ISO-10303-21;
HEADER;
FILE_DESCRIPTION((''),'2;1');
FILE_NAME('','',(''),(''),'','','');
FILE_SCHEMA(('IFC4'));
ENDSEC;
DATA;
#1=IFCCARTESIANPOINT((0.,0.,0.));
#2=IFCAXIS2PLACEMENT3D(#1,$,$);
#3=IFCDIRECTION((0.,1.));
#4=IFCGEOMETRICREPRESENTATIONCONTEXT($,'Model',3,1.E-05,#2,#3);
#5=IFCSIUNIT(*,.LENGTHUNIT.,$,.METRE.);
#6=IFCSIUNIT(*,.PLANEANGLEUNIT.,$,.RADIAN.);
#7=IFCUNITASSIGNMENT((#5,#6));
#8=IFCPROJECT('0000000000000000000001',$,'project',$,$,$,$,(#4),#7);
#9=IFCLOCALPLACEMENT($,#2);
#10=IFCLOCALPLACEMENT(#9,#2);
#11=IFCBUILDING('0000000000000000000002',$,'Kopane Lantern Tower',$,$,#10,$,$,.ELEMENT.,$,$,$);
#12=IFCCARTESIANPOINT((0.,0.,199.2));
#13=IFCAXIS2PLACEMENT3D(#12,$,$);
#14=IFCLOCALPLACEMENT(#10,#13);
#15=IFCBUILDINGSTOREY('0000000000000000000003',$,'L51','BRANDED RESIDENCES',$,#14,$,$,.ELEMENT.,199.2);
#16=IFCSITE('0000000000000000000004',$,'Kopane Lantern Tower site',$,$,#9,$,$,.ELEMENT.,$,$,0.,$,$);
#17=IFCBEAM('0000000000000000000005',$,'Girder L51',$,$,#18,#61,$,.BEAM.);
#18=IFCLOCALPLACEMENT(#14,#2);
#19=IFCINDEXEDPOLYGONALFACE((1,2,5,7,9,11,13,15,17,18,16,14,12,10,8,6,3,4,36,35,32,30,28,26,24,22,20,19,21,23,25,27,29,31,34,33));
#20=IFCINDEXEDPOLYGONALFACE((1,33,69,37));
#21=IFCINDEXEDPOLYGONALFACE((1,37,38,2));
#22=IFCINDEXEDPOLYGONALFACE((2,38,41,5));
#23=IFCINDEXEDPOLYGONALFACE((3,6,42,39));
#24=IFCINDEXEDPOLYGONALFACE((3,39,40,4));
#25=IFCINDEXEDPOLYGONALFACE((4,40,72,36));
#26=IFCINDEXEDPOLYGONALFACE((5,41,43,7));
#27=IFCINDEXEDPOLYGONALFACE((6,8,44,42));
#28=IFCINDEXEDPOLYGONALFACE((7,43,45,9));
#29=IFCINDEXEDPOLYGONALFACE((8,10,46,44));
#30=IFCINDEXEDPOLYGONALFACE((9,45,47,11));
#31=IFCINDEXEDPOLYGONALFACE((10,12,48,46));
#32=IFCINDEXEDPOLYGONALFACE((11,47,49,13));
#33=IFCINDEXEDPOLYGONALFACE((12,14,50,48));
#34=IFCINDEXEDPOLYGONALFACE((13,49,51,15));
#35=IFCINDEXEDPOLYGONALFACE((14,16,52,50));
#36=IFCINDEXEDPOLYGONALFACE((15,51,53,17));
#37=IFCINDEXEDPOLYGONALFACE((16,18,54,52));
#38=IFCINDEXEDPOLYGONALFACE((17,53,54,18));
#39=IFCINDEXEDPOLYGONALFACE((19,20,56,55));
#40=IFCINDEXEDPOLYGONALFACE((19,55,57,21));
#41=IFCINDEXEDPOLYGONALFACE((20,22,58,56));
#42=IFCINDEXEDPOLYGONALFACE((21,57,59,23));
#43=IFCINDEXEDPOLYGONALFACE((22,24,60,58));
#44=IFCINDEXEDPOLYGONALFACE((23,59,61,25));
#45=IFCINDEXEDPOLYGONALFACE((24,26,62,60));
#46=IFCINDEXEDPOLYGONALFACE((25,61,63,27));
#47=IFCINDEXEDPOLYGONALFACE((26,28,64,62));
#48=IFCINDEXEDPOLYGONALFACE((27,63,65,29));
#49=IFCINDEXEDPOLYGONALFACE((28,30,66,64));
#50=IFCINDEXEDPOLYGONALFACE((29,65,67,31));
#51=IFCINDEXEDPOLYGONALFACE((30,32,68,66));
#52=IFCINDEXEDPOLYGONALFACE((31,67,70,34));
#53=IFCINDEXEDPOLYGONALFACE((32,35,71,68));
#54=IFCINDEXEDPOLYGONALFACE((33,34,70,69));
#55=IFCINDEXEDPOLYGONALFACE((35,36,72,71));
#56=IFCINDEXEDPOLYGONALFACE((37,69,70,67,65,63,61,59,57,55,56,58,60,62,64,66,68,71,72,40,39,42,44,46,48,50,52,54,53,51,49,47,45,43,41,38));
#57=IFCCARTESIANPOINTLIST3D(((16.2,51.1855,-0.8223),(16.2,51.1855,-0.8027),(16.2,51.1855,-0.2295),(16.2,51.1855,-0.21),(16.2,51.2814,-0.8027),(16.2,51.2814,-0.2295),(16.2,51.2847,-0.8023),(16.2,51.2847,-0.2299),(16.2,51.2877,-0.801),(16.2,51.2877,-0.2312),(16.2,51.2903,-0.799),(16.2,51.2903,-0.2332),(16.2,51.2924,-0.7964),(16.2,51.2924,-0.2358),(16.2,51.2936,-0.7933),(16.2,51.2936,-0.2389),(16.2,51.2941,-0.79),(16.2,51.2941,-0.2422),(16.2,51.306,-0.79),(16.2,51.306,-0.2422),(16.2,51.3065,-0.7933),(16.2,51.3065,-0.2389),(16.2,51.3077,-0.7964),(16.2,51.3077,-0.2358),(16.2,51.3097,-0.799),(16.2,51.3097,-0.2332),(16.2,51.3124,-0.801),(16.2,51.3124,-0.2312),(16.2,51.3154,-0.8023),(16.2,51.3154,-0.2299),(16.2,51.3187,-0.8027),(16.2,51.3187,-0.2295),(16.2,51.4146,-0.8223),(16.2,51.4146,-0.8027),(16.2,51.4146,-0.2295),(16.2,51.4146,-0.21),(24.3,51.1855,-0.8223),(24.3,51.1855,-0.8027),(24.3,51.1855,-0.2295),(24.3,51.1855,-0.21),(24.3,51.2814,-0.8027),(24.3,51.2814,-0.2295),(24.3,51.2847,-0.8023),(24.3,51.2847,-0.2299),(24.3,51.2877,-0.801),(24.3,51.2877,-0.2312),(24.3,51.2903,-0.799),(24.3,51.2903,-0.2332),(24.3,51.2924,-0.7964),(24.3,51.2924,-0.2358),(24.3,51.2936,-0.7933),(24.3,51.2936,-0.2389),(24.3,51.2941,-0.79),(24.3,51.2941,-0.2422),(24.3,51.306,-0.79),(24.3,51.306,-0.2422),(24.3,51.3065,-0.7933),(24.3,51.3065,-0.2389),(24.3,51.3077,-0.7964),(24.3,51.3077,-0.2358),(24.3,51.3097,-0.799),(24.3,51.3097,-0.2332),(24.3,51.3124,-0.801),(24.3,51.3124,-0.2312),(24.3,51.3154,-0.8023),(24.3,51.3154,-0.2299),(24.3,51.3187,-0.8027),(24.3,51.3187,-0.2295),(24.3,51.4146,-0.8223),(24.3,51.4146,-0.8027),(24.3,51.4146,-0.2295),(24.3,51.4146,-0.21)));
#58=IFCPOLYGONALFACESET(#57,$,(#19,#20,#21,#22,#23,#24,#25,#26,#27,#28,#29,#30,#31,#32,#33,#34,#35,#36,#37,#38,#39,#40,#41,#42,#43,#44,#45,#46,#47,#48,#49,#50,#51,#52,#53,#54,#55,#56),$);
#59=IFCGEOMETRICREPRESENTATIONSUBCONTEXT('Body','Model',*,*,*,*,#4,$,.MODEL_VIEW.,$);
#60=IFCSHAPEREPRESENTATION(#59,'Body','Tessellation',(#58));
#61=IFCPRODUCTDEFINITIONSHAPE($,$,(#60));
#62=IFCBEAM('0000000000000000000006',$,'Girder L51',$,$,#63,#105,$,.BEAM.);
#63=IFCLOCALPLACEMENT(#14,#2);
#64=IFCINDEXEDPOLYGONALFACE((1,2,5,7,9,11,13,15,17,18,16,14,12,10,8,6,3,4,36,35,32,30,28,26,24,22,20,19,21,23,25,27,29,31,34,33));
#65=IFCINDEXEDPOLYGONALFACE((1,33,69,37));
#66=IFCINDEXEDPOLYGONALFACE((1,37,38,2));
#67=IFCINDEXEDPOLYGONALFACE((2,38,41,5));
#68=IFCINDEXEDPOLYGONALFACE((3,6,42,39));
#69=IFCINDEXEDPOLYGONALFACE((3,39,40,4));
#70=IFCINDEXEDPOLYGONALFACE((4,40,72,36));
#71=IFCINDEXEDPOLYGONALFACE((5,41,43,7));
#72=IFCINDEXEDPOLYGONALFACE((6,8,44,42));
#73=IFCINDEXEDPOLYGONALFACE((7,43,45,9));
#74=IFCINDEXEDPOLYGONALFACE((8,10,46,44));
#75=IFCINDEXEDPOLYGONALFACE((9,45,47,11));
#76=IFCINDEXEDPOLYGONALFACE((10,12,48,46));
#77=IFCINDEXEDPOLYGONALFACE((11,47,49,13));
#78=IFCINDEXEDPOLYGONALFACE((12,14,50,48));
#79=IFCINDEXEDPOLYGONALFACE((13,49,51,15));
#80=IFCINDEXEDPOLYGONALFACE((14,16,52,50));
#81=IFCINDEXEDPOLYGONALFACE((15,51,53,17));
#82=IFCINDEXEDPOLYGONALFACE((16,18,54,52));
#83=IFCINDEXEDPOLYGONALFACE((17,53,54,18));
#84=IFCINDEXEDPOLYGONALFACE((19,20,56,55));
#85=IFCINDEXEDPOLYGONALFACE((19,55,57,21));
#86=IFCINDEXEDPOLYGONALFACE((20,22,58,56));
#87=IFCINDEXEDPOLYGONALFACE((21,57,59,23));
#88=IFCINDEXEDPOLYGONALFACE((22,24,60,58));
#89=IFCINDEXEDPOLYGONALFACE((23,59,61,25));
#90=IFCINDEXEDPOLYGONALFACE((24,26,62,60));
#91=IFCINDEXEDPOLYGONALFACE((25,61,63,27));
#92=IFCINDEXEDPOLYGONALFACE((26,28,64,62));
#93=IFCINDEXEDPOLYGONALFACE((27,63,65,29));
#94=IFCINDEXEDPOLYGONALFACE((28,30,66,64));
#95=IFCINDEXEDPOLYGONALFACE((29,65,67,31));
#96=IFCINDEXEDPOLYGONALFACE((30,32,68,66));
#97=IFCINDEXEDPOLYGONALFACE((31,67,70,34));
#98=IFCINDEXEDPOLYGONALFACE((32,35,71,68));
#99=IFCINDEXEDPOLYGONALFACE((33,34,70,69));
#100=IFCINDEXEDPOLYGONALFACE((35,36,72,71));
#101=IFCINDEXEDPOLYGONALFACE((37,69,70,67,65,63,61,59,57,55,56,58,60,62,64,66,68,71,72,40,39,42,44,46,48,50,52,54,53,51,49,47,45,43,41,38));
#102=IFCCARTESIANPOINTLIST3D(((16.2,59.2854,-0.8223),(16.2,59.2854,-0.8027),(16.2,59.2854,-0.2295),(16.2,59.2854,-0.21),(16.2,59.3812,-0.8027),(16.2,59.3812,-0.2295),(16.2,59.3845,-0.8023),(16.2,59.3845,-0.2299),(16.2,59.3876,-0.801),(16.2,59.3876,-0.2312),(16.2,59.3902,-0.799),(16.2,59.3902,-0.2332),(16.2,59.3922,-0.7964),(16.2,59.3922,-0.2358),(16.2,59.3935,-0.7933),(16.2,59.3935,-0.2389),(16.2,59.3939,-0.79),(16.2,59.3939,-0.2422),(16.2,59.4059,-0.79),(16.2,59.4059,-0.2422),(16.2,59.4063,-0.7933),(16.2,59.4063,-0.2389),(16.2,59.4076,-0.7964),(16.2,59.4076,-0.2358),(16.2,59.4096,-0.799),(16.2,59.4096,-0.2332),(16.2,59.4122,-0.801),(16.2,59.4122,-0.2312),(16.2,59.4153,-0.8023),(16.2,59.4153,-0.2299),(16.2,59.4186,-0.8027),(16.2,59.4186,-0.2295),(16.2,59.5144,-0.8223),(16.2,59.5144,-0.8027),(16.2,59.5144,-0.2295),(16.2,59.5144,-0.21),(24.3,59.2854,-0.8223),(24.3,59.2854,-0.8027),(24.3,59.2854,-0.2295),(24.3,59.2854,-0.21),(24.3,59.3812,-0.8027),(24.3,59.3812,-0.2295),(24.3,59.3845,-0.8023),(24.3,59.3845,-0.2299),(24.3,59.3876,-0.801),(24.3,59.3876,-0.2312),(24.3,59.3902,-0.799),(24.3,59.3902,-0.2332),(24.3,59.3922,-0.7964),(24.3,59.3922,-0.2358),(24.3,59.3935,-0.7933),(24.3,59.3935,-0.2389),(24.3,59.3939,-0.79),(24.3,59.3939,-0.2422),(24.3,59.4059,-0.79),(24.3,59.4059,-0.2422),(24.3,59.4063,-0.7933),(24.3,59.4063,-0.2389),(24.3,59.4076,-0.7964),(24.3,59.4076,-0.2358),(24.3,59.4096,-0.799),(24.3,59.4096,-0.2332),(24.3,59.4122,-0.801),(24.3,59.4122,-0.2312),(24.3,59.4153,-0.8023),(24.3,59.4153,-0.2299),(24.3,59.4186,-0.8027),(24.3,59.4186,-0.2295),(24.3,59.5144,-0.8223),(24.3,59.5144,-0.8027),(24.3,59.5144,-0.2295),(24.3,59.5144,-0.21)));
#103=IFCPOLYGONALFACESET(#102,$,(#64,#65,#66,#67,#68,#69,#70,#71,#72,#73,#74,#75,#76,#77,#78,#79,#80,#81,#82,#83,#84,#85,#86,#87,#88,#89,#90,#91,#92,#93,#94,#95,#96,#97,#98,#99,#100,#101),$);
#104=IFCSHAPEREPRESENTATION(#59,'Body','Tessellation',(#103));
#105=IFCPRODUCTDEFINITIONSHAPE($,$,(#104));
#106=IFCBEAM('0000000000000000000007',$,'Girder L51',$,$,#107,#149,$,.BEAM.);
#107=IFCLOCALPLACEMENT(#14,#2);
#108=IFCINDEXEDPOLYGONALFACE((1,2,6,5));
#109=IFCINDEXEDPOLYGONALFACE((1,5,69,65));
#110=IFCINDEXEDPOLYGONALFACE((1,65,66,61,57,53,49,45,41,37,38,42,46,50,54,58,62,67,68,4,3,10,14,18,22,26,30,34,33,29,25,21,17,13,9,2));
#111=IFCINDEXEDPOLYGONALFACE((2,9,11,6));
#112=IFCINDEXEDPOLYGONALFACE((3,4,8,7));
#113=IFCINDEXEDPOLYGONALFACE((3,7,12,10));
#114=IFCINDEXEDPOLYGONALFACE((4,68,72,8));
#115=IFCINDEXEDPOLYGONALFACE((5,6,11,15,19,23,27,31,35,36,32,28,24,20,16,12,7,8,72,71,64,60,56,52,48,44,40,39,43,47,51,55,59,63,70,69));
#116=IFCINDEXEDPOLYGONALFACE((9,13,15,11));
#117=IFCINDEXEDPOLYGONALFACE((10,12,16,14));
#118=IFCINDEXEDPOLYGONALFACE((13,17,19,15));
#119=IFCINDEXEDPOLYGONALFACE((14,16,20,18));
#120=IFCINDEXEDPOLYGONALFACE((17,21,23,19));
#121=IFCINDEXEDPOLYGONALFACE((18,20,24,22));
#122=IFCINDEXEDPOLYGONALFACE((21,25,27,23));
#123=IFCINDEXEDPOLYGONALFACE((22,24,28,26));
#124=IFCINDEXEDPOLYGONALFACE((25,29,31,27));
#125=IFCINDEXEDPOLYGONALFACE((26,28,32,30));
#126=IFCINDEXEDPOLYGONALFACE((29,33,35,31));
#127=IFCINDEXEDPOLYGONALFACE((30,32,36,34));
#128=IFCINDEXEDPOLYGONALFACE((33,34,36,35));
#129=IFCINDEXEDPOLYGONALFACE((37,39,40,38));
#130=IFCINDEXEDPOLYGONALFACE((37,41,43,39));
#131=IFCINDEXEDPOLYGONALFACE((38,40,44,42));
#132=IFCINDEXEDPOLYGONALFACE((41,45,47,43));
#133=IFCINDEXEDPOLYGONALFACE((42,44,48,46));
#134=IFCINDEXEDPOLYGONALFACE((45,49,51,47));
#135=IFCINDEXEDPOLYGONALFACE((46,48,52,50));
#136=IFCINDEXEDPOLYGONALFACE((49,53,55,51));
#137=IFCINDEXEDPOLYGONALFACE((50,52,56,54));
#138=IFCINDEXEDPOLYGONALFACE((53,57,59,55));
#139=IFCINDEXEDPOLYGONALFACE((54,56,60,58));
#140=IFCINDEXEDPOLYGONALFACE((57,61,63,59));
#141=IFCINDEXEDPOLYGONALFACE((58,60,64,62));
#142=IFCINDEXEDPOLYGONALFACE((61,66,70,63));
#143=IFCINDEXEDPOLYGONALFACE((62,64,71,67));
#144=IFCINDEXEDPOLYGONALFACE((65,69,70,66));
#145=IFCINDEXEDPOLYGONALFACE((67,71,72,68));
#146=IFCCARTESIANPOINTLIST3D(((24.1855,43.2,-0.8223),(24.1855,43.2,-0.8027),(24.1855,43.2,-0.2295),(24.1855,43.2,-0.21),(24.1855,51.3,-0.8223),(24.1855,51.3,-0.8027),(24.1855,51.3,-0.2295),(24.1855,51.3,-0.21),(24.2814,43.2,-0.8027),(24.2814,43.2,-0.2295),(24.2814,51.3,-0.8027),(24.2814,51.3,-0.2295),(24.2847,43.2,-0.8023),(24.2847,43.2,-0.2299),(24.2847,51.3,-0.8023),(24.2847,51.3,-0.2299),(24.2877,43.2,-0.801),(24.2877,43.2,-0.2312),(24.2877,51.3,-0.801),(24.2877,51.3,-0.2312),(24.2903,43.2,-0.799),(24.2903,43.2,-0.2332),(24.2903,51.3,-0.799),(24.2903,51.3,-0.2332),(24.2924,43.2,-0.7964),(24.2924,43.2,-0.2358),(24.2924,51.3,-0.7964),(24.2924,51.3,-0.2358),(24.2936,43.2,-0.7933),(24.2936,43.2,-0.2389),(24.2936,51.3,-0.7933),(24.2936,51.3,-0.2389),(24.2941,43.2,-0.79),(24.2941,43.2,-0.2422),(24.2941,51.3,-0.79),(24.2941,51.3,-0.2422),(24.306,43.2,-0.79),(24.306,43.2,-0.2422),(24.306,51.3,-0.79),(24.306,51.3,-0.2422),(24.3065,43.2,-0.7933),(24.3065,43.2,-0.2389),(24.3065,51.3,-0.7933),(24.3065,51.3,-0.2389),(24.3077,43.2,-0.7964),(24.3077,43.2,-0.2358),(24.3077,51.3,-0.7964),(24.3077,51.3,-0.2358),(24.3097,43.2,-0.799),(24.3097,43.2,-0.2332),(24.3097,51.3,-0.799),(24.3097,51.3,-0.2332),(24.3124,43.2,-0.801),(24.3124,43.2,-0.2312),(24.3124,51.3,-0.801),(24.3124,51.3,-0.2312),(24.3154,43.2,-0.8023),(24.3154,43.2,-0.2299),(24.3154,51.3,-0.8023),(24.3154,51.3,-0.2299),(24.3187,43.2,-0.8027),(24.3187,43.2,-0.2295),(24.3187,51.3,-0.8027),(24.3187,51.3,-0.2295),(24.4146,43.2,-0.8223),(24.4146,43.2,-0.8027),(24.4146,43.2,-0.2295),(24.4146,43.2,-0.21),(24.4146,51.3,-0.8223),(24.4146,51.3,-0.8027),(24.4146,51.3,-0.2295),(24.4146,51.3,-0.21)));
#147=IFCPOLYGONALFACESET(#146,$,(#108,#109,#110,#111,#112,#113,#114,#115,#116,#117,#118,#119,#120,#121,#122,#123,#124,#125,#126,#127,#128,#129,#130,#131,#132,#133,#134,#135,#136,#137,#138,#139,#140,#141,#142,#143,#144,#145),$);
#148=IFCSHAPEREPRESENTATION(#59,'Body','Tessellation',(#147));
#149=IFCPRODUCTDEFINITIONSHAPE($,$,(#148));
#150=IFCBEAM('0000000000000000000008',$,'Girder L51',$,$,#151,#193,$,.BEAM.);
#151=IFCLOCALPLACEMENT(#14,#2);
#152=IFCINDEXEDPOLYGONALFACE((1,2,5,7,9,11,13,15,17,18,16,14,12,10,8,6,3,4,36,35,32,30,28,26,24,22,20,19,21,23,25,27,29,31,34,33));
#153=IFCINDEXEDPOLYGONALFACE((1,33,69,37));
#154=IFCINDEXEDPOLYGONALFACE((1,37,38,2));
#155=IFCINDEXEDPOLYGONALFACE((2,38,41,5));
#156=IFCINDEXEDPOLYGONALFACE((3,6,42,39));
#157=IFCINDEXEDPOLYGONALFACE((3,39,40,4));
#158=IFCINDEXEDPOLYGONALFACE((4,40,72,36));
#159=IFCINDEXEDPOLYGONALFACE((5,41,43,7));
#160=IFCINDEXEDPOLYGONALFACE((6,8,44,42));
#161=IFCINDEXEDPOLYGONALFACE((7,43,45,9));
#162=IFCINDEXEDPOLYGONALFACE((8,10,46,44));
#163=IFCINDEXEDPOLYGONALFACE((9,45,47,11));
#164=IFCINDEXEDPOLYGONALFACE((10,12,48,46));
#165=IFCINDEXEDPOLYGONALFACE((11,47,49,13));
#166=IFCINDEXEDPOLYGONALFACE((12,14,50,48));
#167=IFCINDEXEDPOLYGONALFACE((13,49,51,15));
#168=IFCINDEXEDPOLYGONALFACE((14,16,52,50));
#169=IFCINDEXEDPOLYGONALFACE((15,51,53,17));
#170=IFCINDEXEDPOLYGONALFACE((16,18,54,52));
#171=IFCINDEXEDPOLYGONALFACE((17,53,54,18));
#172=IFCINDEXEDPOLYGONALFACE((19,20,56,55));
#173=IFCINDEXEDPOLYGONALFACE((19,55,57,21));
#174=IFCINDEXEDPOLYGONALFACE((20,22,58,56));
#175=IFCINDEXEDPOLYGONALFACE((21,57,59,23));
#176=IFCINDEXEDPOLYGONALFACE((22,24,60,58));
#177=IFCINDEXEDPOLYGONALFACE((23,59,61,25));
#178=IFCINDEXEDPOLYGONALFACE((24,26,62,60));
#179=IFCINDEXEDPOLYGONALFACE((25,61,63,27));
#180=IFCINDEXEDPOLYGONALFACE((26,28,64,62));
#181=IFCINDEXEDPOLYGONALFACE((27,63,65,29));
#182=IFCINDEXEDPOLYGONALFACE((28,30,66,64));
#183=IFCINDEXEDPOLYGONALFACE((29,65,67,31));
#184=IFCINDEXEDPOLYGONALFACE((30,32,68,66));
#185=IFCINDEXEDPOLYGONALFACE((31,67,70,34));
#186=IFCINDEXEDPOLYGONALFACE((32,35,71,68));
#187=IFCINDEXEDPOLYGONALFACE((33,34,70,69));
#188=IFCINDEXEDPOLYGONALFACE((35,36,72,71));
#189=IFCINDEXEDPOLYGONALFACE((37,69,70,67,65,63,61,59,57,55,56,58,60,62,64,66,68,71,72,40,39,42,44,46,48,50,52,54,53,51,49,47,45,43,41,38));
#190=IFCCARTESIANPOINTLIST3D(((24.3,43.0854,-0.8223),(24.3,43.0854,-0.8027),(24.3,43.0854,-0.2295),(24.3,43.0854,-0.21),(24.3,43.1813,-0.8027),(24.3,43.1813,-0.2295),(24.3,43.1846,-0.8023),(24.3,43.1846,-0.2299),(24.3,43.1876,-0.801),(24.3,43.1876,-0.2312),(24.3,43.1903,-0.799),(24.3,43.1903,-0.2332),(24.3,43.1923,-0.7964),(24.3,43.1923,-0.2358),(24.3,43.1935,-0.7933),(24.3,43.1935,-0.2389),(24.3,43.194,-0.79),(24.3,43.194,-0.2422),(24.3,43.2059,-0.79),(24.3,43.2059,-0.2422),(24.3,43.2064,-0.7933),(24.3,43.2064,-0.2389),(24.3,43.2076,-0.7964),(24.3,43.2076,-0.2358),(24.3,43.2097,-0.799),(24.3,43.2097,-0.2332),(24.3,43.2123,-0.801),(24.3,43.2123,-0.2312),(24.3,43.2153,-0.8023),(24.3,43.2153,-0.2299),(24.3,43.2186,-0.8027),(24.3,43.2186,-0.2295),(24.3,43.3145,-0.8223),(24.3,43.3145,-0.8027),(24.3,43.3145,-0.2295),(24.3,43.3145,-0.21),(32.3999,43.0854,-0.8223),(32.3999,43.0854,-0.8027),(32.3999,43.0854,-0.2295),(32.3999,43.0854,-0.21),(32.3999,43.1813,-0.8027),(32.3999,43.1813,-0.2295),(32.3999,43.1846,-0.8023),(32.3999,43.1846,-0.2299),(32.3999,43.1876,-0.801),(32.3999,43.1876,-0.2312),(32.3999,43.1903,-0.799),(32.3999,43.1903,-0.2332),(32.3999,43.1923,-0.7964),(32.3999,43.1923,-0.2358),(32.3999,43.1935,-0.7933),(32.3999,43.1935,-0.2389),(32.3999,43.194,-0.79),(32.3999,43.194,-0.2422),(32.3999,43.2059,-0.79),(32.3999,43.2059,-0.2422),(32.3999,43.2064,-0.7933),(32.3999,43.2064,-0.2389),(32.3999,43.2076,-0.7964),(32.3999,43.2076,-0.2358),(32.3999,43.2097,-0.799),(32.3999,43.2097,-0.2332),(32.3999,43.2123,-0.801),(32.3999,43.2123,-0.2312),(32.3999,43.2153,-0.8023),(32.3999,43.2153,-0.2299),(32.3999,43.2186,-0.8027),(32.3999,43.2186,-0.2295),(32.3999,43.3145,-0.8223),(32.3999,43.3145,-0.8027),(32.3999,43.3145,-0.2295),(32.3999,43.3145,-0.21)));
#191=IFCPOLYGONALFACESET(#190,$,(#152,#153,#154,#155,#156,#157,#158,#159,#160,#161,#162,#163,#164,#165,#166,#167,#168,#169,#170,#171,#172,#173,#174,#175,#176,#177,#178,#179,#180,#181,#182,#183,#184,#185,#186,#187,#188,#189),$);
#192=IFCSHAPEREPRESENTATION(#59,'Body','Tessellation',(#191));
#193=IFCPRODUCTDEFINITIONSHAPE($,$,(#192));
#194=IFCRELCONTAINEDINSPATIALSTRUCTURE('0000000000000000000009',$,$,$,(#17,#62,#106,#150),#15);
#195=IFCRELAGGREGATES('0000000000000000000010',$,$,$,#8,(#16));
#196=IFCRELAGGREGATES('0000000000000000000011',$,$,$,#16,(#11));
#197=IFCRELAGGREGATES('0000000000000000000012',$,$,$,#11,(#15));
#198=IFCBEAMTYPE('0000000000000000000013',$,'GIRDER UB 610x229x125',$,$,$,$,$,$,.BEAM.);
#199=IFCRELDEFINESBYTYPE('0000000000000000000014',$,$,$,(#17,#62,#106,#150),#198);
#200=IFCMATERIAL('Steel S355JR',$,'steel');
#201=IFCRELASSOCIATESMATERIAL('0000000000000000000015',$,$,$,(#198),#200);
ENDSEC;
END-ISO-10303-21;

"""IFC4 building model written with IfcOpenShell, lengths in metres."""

from ifc_helpers import new_model, si_unit, direction, frame, origin, origin_2d, place, context, subcontext, project, spatial, i_section, extrude, material, material_profile, profile_set, type_object, element, save


model = new_model("IFC4")

# Units and contexts
model_context = context("Model", 3, precision=1e-05, world=origin(), true_north=direction((0.0, 1.0)))
body_context = subcontext(model_context, "Body", "Model", "MODEL_VIEW")
ifc_project = project(units=[si_unit("LENGTHUNIT", "METRE"), si_unit("PLANEANGLEUNIT", "RADIAN")], contexts=[model_context])

# Site, building, storey
site_placement = place(None, origin())
site = spatial("IfcSite", under=ifc_project, at=site_placement, Name="Kopane Lantern Tower site", CompositionType="ELEMENT", RefElevation=0.0)
building_placement = place(site_placement, origin())
building = spatial("IfcBuilding", under=site, at=building_placement, Name="Kopane Lantern Tower", CompositionType="ELEMENT")
storey_placement = place(building_placement, frame((0.0, 0.0, 199.2)))
storey = spatial("IfcBuildingStorey", under=building, at=storey_placement, Name="L51", Description="BRANDED RESIDENCES", CompositionType="ELEMENT", Elevation=199.2)

# Beams
ifc_material_1 = material(Name="Steel S355JR", Category="steel")
ifc_material_profile_1 = material_profile(ifc_material_1, i_section(OverallWidth=0.229, OverallDepth=0.6123, WebThickness=0.012, FlangeThickness=0.0195, FilletRadius=0.0127, at=origin_2d()), Name="UB 610x229x125")
ifc_profile_set_1 = profile_set([ifc_material_profile_1], Name="Steel S355JR")
beam_type = type_object("IfcBeamType", Name="GIRDER UB 610x229x125", PredefinedType="BEAM", material=ifc_profile_set_1)
for number, where, z_axis, x_axis, name in (
    (1, (16.2, 51.3, -0.5161), (1.0, 0.0, 0.0), (0.0, 1.0, 0.0), "Girder L51"),
    (2, (16.2, 59.3999, -0.5161), (1.0, 0.0, 0.0), (0.0, 1.0, 0.0), "Girder L51"),
    (3, (24.3, 43.2, -0.5161), (0.0, 1.0, 0.0), (-1.0, 0.0, 0.0), "Girder L51"),
):
    element("IfcBeam", number, at=place(storey_placement, frame(where, z_axis=z_axis, x_axis=x_axis)), inside=storey, type_object=beam_type, Name=name, PredefinedType="BEAM", context=body_context, shape_type="SweptSolid", body=[
        extrude(i_section(OverallWidth=0.229, OverallDepth=0.6123, WebThickness=0.012, FlangeThickness=0.0195, FilletRadius=0.0127, at=origin_2d()), origin(), (0.0, 0.0, 1.0), 8.1001),
    ])
for number, where, z_axis, x_axis, name in (
    (4, (24.3, 43.2, -0.5161), (1.0, 0.0, 0.0), (0.0, 1.0, 0.0), "Girder L51"),
):
    element("IfcBeam", number, at=place(storey_placement, frame(where, z_axis=z_axis, x_axis=x_axis)), inside=storey, type_object=beam_type, Name=name, PredefinedType="BEAM", context=body_context, shape_type="SweptSolid", body=[
        extrude(i_section(OverallWidth=0.229, OverallDepth=0.6123, WebThickness=0.012, FlangeThickness=0.0195, FilletRadius=0.0127, at=origin_2d()), origin(), (0.0, 0.0, 1.0), 8.0999),
    ])

save(model, "model.ifc")
